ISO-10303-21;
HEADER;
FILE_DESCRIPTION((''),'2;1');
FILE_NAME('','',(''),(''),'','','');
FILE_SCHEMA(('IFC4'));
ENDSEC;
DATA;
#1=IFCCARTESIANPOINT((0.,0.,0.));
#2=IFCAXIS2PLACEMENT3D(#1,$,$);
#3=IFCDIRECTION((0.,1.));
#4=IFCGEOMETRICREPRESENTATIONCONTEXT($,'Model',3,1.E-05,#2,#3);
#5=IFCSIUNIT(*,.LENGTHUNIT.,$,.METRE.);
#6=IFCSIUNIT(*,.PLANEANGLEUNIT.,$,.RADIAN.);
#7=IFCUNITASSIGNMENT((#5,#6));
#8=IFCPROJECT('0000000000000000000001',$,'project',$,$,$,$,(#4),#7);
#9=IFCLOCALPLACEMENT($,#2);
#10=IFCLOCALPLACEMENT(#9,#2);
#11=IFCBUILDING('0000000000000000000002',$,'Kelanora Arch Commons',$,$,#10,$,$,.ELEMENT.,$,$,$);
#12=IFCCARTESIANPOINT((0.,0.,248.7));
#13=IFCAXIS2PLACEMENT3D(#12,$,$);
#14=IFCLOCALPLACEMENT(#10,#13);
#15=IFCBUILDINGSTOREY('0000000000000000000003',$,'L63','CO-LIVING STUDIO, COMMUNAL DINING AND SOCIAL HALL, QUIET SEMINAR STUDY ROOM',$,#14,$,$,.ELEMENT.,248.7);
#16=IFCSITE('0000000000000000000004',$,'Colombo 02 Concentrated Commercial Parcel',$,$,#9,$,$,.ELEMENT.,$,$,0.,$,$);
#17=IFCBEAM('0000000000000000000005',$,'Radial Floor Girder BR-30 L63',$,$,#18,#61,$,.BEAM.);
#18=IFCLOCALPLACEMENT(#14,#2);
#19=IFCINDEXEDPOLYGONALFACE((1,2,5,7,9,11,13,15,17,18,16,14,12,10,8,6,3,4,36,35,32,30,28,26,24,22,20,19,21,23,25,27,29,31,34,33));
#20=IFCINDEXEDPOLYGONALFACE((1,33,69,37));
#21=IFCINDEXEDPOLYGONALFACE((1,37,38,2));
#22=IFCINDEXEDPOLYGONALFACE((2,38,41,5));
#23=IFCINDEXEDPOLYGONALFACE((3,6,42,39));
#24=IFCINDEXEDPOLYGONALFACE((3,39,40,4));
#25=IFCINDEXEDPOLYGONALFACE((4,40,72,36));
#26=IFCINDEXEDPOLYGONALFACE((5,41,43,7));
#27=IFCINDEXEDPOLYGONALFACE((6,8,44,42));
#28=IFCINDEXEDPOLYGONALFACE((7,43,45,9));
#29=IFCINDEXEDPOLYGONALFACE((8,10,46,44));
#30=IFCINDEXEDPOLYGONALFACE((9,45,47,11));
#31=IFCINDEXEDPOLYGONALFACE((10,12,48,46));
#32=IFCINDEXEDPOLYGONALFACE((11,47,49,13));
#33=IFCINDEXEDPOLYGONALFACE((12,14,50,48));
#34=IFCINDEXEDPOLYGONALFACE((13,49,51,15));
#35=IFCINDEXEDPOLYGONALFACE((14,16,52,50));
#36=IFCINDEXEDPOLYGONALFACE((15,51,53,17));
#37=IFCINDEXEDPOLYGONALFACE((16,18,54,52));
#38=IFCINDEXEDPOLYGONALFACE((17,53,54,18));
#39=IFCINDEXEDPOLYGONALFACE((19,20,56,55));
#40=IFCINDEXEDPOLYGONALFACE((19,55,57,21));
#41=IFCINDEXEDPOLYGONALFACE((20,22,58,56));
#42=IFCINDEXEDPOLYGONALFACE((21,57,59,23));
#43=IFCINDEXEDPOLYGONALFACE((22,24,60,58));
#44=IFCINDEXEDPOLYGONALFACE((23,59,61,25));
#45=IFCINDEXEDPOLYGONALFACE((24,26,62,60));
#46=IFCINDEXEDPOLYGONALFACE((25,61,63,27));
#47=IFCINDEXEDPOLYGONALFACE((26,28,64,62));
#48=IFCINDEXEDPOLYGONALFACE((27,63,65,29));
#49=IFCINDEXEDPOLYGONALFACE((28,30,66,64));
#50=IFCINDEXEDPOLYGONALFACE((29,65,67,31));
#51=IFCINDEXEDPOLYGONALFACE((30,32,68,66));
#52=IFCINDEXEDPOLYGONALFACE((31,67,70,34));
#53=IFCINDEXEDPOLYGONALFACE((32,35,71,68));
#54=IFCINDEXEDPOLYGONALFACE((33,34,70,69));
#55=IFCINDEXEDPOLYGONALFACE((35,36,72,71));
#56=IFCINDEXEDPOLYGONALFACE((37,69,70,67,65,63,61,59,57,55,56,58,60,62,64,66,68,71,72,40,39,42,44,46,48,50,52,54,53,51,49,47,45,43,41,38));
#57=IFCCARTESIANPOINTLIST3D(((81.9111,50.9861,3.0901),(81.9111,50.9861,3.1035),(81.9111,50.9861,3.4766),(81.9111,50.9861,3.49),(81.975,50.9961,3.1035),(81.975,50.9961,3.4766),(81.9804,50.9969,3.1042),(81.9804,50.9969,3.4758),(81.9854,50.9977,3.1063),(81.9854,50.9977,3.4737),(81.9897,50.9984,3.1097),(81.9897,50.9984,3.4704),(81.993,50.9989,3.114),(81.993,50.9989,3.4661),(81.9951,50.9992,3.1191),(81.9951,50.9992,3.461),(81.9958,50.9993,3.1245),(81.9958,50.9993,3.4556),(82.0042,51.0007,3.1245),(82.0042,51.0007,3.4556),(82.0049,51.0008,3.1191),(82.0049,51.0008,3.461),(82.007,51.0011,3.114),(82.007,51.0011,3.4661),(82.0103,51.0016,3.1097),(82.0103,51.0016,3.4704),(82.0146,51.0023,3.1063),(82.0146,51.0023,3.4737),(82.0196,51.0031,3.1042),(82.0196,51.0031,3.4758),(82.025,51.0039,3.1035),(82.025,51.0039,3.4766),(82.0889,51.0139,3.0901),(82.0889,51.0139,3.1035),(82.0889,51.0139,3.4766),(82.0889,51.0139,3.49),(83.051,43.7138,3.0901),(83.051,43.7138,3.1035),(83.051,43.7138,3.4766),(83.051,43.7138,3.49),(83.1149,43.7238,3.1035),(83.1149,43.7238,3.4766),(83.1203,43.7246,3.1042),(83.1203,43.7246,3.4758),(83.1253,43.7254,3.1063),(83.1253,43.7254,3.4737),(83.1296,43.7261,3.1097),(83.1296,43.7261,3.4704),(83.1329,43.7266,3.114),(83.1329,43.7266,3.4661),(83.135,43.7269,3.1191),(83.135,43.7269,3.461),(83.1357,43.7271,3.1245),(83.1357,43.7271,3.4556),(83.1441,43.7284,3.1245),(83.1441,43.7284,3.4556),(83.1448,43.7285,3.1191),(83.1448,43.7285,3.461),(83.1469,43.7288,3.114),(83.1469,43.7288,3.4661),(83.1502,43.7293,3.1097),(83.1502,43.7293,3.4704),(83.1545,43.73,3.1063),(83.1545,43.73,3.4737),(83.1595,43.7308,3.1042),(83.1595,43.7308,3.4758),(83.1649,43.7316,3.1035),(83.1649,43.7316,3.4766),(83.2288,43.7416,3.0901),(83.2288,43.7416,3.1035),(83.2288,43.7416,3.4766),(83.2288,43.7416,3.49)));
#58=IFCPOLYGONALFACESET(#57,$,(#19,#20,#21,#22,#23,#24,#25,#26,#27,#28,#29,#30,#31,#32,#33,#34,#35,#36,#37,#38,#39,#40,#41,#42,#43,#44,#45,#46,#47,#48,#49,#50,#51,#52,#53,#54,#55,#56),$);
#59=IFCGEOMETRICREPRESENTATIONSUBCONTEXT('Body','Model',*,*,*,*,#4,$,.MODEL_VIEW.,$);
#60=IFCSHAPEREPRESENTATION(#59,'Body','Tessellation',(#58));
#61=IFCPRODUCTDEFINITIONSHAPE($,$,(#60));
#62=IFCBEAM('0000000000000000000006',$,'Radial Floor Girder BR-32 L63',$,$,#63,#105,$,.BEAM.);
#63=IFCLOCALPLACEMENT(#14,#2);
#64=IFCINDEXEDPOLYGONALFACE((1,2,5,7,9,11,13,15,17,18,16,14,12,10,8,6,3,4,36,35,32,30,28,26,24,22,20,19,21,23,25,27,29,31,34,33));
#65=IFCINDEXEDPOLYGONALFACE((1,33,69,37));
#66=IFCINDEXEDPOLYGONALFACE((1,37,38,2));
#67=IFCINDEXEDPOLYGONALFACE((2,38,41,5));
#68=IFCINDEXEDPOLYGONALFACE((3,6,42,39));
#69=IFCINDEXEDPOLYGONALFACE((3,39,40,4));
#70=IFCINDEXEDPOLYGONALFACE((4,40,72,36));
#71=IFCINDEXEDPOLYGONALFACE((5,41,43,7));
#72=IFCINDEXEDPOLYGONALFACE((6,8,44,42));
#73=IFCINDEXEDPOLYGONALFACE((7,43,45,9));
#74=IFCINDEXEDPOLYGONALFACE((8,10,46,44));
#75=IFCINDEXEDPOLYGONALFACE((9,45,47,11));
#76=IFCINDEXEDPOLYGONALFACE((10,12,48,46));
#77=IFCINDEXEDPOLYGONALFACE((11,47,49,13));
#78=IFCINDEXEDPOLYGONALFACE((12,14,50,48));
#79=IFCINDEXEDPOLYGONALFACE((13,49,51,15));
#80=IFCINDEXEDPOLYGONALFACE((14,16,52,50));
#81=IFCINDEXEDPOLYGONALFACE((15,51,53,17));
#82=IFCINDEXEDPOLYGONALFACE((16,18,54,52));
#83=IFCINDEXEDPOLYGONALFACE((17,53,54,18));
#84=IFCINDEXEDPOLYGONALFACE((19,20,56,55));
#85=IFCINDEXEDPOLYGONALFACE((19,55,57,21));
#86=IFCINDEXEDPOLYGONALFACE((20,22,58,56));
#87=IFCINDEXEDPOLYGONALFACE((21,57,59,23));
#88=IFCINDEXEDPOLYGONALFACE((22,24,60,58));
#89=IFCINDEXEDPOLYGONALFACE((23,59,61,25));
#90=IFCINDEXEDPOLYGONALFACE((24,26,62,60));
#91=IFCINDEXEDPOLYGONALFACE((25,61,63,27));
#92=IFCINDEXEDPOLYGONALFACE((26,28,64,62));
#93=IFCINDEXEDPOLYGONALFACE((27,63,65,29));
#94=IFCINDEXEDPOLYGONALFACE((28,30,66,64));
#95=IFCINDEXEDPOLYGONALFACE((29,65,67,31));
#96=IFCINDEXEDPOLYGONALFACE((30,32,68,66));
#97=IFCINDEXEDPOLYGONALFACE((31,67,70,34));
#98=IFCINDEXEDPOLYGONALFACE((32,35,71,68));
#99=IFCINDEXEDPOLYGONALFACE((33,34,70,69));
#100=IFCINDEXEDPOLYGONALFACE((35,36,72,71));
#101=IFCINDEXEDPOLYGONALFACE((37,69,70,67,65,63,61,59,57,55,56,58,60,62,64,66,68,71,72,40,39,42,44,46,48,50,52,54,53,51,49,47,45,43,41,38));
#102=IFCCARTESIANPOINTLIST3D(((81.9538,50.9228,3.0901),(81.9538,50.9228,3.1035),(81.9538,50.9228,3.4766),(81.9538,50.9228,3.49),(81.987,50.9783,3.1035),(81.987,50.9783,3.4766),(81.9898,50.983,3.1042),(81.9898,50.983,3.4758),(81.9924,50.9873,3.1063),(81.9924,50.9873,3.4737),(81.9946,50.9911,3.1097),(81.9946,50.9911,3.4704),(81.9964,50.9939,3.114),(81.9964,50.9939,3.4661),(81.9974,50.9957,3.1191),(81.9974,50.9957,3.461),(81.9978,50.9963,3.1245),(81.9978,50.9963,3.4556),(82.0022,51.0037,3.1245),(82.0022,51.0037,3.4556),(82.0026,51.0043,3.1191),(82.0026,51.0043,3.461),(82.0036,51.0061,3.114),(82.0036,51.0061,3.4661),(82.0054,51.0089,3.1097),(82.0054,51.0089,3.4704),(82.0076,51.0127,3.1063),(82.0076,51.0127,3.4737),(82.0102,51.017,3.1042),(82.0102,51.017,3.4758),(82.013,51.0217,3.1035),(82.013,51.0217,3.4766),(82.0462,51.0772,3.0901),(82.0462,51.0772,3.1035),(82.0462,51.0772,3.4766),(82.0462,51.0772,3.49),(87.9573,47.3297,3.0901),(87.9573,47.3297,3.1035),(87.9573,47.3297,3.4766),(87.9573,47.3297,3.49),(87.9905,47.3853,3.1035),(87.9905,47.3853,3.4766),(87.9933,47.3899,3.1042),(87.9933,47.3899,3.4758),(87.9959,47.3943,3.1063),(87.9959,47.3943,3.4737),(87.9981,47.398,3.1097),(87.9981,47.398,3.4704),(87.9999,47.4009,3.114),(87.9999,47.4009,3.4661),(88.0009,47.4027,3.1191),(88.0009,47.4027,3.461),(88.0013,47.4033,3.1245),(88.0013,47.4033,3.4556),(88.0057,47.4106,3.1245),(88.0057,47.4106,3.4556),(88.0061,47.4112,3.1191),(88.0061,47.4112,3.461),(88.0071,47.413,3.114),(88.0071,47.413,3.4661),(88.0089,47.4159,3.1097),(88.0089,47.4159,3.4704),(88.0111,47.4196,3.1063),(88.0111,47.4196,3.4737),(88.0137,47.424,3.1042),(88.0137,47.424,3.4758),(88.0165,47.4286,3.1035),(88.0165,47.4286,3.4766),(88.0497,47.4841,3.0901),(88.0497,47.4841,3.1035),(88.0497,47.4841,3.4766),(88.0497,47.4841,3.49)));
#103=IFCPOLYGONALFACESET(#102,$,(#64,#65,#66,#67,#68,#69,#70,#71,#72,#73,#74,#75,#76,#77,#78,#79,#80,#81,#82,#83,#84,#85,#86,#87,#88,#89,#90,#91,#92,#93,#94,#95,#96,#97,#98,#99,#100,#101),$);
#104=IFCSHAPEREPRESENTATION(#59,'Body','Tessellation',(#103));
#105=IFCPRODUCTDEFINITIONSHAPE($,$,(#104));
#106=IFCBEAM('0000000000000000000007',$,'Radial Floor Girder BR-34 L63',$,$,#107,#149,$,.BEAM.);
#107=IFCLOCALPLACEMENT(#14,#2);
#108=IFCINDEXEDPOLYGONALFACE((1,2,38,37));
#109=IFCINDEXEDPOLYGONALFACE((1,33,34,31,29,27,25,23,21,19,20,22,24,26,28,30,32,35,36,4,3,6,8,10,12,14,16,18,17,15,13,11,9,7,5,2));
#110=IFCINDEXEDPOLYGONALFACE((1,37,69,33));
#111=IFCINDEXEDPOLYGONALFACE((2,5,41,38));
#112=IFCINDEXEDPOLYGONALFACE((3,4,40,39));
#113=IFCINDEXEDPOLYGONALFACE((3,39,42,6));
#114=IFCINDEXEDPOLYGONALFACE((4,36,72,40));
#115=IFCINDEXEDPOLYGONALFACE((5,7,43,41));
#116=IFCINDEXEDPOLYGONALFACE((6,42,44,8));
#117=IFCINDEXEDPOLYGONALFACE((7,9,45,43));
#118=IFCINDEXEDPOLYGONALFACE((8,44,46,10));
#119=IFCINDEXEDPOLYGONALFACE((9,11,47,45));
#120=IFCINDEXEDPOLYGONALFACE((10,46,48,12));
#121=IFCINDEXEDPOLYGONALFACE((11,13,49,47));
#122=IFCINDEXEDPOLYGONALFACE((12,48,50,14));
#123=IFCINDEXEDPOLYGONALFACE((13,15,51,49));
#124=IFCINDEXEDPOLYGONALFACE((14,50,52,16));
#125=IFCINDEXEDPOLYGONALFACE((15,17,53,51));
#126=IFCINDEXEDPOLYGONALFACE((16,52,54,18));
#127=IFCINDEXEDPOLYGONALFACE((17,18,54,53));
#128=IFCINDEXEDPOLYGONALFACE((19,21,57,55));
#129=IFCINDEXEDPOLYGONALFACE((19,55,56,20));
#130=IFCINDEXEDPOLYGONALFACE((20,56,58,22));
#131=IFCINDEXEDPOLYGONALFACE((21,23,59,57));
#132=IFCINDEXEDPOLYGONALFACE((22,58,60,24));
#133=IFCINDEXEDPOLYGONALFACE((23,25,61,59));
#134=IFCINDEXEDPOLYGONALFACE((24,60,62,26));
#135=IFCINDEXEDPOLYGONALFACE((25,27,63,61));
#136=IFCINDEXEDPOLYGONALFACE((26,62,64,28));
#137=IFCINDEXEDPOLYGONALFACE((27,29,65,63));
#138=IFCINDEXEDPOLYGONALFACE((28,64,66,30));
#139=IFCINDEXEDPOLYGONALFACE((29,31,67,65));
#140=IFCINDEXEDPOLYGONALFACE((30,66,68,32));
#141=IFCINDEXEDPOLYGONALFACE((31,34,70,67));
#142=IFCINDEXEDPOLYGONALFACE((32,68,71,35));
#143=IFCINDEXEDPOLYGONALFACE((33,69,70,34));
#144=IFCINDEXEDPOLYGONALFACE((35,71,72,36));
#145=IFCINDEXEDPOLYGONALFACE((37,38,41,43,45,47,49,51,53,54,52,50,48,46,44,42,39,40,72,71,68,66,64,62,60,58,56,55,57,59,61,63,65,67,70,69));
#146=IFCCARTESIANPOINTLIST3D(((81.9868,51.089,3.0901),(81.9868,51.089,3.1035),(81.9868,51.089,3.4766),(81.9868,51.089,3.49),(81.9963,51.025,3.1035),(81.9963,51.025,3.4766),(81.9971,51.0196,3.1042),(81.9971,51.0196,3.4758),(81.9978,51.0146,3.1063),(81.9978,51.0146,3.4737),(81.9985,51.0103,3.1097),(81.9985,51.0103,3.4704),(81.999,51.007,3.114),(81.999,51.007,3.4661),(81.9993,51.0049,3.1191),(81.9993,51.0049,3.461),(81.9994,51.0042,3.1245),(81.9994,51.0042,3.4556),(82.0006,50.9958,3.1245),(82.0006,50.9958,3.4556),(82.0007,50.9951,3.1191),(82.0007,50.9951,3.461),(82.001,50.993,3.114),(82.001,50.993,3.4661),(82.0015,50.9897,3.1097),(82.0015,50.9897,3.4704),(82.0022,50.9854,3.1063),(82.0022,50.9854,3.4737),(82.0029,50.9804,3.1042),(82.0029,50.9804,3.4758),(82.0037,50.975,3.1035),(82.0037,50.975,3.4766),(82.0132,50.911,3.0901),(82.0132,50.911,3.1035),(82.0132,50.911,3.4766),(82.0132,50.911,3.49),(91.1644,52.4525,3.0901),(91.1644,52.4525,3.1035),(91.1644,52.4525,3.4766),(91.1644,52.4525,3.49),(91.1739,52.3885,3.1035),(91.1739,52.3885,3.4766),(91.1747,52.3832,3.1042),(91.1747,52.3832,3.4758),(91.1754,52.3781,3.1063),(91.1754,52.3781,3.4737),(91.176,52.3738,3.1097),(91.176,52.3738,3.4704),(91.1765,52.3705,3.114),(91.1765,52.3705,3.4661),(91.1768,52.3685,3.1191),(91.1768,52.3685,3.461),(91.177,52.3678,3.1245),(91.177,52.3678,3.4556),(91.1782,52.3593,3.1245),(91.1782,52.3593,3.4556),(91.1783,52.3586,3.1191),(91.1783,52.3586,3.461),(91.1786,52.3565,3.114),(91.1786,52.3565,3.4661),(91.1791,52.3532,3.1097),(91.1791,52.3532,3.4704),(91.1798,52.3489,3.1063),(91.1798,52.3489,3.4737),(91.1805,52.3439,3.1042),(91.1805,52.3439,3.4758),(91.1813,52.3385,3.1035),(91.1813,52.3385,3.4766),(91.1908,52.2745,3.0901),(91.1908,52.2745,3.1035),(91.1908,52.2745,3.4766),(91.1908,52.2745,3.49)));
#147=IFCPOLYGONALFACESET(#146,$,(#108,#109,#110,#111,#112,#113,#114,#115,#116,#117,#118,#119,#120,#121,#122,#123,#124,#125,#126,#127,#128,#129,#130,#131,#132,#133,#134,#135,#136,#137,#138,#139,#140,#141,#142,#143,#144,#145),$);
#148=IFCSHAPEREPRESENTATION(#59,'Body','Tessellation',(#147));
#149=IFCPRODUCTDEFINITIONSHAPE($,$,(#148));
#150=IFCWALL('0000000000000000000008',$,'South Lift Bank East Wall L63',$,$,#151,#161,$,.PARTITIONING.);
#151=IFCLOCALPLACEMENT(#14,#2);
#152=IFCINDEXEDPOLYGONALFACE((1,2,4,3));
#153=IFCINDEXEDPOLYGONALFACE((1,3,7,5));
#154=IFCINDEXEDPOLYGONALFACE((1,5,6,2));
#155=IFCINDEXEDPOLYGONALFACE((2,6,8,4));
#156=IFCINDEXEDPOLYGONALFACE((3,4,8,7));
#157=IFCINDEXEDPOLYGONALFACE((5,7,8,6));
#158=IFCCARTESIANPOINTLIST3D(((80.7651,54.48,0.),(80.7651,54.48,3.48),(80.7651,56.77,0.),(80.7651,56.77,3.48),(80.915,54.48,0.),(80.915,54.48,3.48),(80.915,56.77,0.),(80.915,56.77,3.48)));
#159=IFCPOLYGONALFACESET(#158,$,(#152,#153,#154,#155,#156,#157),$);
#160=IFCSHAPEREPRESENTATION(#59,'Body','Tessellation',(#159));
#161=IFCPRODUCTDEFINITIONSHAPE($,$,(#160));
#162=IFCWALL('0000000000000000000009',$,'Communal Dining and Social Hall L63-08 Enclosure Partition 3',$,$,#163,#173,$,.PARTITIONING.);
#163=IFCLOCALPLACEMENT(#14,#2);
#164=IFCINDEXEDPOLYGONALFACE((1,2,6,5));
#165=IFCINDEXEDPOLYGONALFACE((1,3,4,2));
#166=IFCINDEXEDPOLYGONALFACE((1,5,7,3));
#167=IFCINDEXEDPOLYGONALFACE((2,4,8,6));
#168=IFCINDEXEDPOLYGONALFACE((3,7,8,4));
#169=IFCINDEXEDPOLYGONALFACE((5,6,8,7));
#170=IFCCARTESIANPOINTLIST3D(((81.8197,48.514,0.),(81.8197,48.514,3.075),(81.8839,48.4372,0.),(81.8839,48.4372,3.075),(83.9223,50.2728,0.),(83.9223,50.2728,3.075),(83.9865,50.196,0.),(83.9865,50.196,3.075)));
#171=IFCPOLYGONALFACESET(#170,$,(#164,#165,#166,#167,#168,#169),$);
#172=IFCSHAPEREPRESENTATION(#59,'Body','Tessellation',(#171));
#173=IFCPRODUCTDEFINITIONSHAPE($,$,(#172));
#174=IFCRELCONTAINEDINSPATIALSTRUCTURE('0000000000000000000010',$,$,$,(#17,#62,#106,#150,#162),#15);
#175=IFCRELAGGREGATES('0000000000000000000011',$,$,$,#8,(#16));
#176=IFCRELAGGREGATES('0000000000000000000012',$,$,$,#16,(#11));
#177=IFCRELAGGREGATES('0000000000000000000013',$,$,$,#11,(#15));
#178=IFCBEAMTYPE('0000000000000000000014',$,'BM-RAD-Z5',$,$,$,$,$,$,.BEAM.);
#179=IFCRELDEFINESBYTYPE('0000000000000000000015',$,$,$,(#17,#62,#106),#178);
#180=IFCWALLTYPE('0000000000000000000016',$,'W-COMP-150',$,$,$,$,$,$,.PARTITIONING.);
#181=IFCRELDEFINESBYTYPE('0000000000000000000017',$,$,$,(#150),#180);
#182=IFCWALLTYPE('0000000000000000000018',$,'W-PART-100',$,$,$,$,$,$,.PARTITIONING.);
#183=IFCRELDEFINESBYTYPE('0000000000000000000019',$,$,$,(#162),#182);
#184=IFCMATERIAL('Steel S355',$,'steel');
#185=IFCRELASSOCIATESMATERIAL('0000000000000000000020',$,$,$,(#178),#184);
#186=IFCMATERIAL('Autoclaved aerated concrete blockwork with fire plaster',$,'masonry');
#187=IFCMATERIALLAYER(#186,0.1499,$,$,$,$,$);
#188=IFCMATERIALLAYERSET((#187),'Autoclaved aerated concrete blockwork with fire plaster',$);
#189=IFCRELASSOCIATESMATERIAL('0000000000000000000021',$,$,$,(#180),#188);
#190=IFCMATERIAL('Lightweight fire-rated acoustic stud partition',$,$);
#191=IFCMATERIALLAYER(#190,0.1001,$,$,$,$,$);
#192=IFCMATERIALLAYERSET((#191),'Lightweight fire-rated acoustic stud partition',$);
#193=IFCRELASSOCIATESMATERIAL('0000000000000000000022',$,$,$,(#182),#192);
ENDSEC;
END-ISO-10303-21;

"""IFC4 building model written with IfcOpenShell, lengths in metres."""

from ifc_helpers import new_model, si_unit, direction, frame, frame_2d, origin, origin_2d, place, context, subcontext, project, spatial, rectangle, i_section, extrude, material, layer, layer_set, material_profile, profile_set, type_object, element, save


model = new_model("IFC4")

# Units and contexts
model_context = context("Model", 3, precision=1e-05, world=origin(), true_north=direction((0.0, 1.0)))
body_context = subcontext(model_context, "Body", "Model", "MODEL_VIEW")
ifc_project = project(units=[si_unit("LENGTHUNIT", "METRE"), si_unit("PLANEANGLEUNIT", "RADIAN")], contexts=[model_context])

# Site, building, storey
site_placement = place(None, origin())
site = spatial("IfcSite", under=ifc_project, at=site_placement, Name="Colombo 02 Concentrated Commercial Parcel", CompositionType="ELEMENT", RefElevation=0.0)
building_placement = place(site_placement, origin())
building = spatial("IfcBuilding", under=site, at=building_placement, Name="Kelanora Arch Commons", CompositionType="ELEMENT")
storey_placement = place(building_placement, frame((0.0, 0.0, 248.7)))
storey = spatial("IfcBuildingStorey", under=building, at=storey_placement, Name="L63", Description="CO-LIVING STUDIO, COMMUNAL DINING AND SOCIAL HALL, QUIET SEMINAR STUDY ROOM", CompositionType="ELEMENT", Elevation=248.7)

# Beams
ifc_material_1 = material(Name="Steel S355", Category="steel")
ifc_material_profile_1 = material_profile(ifc_material_1, i_section(OverallWidth=0.1799, OverallDepth=0.3999, WebThickness=0.0085, FlangeThickness=0.0134, FilletRadius=0.021, at=origin_2d()), Name="IPE400")
ifc_profile_set_1 = profile_set([ifc_material_profile_1], Name="Steel S355")
beam_type_1 = type_object("IfcBeamType", Name="BM-RAD-Z5", PredefinedType="BEAM", material=ifc_profile_set_1)
beam_1_placement = place(storey_placement, frame((82.0, 51.0, 3.29), z_axis=(0.154855, -0.987937, 0.0), x_axis=(0.987937, 0.154855, 0.0)))
element("IfcBeam", 1, at=beam_1_placement, inside=storey, type_object=beam_type_1, Name="Radial Floor Girder BR-30 L63", PredefinedType="BEAM", context=body_context, shape_type="SweptSolid", body=[
    extrude(i_section(OverallWidth=0.1799, OverallDepth=0.3999, WebThickness=0.0085, FlangeThickness=0.0134, FilletRadius=0.021, at=origin_2d()), origin(), (0.0, 0.0, 1.0), 7.3611),
])
beam_2_placement = place(storey_placement, frame((82.0, 51.0, 3.29), z_axis=(0.858062, -0.513546, 0.0), x_axis=(0.513546, 0.858062, 0.0)))
element("IfcBeam", 2, at=beam_2_placement, inside=storey, type_object=beam_type_1, Name="Radial Floor Girder BR-32 L63", PredefinedType="BEAM", context=body_context, shape_type="SweptSolid", body=[
    extrude(i_section(OverallWidth=0.1799, OverallDepth=0.3999, WebThickness=0.0085, FlangeThickness=0.0134, FilletRadius=0.021, at=origin_2d()), origin(), (0.0, 0.0, 1.0), 6.9966),
])
beam_3_placement = place(storey_placement, frame((82.0, 51.0, 3.29), z_axis=(0.989142, 0.14696, 0.0), x_axis=(-0.14696, 0.989142, 0.0)))
element("IfcBeam", 3, at=beam_3_placement, inside=storey, type_object=beam_type_1, Name="Radial Floor Girder BR-34 L63", PredefinedType="BEAM", context=body_context, shape_type="SweptSolid", body=[
    extrude(i_section(OverallWidth=0.1799, OverallDepth=0.3999, WebThickness=0.0085, FlangeThickness=0.0134, FilletRadius=0.021, at=origin_2d()), origin(), (0.0, 0.0, 1.0), 9.2783),
])

# Walls
ifc_material_2 = material(Name="Autoclaved aerated concrete blockwork with fire plaster", Category="masonry")
ifc_layer_1 = layer(ifc_material_2, 0.1499)
ifc_layer_set_1 = layer_set([ifc_layer_1], Name="Autoclaved aerated concrete blockwork with fire plaster")
wall_type_1 = type_object("IfcWallType", Name="W-COMP-150", PredefinedType="PARTITIONING", material=ifc_layer_set_1)
wall_1_placement = place(storey_placement, frame((80.8401, 54.48, 0.0), z_axis=(0.0, 0.0, 1.0), x_axis=(0.0, 1.0, 0.0)))
element("IfcWall", 4, at=wall_1_placement, inside=storey, type_object=wall_type_1, Name="South Lift Bank East Wall L63", PredefinedType="PARTITIONING", context=body_context, shape_type="SweptSolid", body=[
    extrude(rectangle(XDim=2.29, YDim=0.1499, at=frame_2d((1.145, 0.0))), origin(), (0.0, 0.0, 1.0), 3.48),
])
ifc_material_3 = material(Name="Lightweight fire-rated acoustic stud partition")
ifc_layer_2 = layer(ifc_material_3, 0.1001)
ifc_layer_set_2 = layer_set([ifc_layer_2], Name="Lightweight fire-rated acoustic stud partition")
wall_type_2 = type_object("IfcWallType", Name="W-PART-100", PredefinedType="PARTITIONING", material=ifc_layer_set_2)
wall_2_placement = place(storey_placement, frame((81.8518, 48.4756, 0.0), z_axis=(0.0, 0.0, 1.0), x_axis=(0.767023, 0.64162, 0.0)))
element("IfcWall", 5, at=wall_2_placement, inside=storey, type_object=wall_type_2, Name="Communal Dining and Social Hall L63-08 Enclosure Partition 3", PredefinedType="PARTITIONING", context=body_context, shape_type="SweptSolid", body=[
    extrude(rectangle(XDim=2.7412, YDim=0.1001, at=frame_2d((1.3706, 0.0))), origin(), (0.0, 0.0, 1.0), 3.075),
])

save(model, "model.ifc")
